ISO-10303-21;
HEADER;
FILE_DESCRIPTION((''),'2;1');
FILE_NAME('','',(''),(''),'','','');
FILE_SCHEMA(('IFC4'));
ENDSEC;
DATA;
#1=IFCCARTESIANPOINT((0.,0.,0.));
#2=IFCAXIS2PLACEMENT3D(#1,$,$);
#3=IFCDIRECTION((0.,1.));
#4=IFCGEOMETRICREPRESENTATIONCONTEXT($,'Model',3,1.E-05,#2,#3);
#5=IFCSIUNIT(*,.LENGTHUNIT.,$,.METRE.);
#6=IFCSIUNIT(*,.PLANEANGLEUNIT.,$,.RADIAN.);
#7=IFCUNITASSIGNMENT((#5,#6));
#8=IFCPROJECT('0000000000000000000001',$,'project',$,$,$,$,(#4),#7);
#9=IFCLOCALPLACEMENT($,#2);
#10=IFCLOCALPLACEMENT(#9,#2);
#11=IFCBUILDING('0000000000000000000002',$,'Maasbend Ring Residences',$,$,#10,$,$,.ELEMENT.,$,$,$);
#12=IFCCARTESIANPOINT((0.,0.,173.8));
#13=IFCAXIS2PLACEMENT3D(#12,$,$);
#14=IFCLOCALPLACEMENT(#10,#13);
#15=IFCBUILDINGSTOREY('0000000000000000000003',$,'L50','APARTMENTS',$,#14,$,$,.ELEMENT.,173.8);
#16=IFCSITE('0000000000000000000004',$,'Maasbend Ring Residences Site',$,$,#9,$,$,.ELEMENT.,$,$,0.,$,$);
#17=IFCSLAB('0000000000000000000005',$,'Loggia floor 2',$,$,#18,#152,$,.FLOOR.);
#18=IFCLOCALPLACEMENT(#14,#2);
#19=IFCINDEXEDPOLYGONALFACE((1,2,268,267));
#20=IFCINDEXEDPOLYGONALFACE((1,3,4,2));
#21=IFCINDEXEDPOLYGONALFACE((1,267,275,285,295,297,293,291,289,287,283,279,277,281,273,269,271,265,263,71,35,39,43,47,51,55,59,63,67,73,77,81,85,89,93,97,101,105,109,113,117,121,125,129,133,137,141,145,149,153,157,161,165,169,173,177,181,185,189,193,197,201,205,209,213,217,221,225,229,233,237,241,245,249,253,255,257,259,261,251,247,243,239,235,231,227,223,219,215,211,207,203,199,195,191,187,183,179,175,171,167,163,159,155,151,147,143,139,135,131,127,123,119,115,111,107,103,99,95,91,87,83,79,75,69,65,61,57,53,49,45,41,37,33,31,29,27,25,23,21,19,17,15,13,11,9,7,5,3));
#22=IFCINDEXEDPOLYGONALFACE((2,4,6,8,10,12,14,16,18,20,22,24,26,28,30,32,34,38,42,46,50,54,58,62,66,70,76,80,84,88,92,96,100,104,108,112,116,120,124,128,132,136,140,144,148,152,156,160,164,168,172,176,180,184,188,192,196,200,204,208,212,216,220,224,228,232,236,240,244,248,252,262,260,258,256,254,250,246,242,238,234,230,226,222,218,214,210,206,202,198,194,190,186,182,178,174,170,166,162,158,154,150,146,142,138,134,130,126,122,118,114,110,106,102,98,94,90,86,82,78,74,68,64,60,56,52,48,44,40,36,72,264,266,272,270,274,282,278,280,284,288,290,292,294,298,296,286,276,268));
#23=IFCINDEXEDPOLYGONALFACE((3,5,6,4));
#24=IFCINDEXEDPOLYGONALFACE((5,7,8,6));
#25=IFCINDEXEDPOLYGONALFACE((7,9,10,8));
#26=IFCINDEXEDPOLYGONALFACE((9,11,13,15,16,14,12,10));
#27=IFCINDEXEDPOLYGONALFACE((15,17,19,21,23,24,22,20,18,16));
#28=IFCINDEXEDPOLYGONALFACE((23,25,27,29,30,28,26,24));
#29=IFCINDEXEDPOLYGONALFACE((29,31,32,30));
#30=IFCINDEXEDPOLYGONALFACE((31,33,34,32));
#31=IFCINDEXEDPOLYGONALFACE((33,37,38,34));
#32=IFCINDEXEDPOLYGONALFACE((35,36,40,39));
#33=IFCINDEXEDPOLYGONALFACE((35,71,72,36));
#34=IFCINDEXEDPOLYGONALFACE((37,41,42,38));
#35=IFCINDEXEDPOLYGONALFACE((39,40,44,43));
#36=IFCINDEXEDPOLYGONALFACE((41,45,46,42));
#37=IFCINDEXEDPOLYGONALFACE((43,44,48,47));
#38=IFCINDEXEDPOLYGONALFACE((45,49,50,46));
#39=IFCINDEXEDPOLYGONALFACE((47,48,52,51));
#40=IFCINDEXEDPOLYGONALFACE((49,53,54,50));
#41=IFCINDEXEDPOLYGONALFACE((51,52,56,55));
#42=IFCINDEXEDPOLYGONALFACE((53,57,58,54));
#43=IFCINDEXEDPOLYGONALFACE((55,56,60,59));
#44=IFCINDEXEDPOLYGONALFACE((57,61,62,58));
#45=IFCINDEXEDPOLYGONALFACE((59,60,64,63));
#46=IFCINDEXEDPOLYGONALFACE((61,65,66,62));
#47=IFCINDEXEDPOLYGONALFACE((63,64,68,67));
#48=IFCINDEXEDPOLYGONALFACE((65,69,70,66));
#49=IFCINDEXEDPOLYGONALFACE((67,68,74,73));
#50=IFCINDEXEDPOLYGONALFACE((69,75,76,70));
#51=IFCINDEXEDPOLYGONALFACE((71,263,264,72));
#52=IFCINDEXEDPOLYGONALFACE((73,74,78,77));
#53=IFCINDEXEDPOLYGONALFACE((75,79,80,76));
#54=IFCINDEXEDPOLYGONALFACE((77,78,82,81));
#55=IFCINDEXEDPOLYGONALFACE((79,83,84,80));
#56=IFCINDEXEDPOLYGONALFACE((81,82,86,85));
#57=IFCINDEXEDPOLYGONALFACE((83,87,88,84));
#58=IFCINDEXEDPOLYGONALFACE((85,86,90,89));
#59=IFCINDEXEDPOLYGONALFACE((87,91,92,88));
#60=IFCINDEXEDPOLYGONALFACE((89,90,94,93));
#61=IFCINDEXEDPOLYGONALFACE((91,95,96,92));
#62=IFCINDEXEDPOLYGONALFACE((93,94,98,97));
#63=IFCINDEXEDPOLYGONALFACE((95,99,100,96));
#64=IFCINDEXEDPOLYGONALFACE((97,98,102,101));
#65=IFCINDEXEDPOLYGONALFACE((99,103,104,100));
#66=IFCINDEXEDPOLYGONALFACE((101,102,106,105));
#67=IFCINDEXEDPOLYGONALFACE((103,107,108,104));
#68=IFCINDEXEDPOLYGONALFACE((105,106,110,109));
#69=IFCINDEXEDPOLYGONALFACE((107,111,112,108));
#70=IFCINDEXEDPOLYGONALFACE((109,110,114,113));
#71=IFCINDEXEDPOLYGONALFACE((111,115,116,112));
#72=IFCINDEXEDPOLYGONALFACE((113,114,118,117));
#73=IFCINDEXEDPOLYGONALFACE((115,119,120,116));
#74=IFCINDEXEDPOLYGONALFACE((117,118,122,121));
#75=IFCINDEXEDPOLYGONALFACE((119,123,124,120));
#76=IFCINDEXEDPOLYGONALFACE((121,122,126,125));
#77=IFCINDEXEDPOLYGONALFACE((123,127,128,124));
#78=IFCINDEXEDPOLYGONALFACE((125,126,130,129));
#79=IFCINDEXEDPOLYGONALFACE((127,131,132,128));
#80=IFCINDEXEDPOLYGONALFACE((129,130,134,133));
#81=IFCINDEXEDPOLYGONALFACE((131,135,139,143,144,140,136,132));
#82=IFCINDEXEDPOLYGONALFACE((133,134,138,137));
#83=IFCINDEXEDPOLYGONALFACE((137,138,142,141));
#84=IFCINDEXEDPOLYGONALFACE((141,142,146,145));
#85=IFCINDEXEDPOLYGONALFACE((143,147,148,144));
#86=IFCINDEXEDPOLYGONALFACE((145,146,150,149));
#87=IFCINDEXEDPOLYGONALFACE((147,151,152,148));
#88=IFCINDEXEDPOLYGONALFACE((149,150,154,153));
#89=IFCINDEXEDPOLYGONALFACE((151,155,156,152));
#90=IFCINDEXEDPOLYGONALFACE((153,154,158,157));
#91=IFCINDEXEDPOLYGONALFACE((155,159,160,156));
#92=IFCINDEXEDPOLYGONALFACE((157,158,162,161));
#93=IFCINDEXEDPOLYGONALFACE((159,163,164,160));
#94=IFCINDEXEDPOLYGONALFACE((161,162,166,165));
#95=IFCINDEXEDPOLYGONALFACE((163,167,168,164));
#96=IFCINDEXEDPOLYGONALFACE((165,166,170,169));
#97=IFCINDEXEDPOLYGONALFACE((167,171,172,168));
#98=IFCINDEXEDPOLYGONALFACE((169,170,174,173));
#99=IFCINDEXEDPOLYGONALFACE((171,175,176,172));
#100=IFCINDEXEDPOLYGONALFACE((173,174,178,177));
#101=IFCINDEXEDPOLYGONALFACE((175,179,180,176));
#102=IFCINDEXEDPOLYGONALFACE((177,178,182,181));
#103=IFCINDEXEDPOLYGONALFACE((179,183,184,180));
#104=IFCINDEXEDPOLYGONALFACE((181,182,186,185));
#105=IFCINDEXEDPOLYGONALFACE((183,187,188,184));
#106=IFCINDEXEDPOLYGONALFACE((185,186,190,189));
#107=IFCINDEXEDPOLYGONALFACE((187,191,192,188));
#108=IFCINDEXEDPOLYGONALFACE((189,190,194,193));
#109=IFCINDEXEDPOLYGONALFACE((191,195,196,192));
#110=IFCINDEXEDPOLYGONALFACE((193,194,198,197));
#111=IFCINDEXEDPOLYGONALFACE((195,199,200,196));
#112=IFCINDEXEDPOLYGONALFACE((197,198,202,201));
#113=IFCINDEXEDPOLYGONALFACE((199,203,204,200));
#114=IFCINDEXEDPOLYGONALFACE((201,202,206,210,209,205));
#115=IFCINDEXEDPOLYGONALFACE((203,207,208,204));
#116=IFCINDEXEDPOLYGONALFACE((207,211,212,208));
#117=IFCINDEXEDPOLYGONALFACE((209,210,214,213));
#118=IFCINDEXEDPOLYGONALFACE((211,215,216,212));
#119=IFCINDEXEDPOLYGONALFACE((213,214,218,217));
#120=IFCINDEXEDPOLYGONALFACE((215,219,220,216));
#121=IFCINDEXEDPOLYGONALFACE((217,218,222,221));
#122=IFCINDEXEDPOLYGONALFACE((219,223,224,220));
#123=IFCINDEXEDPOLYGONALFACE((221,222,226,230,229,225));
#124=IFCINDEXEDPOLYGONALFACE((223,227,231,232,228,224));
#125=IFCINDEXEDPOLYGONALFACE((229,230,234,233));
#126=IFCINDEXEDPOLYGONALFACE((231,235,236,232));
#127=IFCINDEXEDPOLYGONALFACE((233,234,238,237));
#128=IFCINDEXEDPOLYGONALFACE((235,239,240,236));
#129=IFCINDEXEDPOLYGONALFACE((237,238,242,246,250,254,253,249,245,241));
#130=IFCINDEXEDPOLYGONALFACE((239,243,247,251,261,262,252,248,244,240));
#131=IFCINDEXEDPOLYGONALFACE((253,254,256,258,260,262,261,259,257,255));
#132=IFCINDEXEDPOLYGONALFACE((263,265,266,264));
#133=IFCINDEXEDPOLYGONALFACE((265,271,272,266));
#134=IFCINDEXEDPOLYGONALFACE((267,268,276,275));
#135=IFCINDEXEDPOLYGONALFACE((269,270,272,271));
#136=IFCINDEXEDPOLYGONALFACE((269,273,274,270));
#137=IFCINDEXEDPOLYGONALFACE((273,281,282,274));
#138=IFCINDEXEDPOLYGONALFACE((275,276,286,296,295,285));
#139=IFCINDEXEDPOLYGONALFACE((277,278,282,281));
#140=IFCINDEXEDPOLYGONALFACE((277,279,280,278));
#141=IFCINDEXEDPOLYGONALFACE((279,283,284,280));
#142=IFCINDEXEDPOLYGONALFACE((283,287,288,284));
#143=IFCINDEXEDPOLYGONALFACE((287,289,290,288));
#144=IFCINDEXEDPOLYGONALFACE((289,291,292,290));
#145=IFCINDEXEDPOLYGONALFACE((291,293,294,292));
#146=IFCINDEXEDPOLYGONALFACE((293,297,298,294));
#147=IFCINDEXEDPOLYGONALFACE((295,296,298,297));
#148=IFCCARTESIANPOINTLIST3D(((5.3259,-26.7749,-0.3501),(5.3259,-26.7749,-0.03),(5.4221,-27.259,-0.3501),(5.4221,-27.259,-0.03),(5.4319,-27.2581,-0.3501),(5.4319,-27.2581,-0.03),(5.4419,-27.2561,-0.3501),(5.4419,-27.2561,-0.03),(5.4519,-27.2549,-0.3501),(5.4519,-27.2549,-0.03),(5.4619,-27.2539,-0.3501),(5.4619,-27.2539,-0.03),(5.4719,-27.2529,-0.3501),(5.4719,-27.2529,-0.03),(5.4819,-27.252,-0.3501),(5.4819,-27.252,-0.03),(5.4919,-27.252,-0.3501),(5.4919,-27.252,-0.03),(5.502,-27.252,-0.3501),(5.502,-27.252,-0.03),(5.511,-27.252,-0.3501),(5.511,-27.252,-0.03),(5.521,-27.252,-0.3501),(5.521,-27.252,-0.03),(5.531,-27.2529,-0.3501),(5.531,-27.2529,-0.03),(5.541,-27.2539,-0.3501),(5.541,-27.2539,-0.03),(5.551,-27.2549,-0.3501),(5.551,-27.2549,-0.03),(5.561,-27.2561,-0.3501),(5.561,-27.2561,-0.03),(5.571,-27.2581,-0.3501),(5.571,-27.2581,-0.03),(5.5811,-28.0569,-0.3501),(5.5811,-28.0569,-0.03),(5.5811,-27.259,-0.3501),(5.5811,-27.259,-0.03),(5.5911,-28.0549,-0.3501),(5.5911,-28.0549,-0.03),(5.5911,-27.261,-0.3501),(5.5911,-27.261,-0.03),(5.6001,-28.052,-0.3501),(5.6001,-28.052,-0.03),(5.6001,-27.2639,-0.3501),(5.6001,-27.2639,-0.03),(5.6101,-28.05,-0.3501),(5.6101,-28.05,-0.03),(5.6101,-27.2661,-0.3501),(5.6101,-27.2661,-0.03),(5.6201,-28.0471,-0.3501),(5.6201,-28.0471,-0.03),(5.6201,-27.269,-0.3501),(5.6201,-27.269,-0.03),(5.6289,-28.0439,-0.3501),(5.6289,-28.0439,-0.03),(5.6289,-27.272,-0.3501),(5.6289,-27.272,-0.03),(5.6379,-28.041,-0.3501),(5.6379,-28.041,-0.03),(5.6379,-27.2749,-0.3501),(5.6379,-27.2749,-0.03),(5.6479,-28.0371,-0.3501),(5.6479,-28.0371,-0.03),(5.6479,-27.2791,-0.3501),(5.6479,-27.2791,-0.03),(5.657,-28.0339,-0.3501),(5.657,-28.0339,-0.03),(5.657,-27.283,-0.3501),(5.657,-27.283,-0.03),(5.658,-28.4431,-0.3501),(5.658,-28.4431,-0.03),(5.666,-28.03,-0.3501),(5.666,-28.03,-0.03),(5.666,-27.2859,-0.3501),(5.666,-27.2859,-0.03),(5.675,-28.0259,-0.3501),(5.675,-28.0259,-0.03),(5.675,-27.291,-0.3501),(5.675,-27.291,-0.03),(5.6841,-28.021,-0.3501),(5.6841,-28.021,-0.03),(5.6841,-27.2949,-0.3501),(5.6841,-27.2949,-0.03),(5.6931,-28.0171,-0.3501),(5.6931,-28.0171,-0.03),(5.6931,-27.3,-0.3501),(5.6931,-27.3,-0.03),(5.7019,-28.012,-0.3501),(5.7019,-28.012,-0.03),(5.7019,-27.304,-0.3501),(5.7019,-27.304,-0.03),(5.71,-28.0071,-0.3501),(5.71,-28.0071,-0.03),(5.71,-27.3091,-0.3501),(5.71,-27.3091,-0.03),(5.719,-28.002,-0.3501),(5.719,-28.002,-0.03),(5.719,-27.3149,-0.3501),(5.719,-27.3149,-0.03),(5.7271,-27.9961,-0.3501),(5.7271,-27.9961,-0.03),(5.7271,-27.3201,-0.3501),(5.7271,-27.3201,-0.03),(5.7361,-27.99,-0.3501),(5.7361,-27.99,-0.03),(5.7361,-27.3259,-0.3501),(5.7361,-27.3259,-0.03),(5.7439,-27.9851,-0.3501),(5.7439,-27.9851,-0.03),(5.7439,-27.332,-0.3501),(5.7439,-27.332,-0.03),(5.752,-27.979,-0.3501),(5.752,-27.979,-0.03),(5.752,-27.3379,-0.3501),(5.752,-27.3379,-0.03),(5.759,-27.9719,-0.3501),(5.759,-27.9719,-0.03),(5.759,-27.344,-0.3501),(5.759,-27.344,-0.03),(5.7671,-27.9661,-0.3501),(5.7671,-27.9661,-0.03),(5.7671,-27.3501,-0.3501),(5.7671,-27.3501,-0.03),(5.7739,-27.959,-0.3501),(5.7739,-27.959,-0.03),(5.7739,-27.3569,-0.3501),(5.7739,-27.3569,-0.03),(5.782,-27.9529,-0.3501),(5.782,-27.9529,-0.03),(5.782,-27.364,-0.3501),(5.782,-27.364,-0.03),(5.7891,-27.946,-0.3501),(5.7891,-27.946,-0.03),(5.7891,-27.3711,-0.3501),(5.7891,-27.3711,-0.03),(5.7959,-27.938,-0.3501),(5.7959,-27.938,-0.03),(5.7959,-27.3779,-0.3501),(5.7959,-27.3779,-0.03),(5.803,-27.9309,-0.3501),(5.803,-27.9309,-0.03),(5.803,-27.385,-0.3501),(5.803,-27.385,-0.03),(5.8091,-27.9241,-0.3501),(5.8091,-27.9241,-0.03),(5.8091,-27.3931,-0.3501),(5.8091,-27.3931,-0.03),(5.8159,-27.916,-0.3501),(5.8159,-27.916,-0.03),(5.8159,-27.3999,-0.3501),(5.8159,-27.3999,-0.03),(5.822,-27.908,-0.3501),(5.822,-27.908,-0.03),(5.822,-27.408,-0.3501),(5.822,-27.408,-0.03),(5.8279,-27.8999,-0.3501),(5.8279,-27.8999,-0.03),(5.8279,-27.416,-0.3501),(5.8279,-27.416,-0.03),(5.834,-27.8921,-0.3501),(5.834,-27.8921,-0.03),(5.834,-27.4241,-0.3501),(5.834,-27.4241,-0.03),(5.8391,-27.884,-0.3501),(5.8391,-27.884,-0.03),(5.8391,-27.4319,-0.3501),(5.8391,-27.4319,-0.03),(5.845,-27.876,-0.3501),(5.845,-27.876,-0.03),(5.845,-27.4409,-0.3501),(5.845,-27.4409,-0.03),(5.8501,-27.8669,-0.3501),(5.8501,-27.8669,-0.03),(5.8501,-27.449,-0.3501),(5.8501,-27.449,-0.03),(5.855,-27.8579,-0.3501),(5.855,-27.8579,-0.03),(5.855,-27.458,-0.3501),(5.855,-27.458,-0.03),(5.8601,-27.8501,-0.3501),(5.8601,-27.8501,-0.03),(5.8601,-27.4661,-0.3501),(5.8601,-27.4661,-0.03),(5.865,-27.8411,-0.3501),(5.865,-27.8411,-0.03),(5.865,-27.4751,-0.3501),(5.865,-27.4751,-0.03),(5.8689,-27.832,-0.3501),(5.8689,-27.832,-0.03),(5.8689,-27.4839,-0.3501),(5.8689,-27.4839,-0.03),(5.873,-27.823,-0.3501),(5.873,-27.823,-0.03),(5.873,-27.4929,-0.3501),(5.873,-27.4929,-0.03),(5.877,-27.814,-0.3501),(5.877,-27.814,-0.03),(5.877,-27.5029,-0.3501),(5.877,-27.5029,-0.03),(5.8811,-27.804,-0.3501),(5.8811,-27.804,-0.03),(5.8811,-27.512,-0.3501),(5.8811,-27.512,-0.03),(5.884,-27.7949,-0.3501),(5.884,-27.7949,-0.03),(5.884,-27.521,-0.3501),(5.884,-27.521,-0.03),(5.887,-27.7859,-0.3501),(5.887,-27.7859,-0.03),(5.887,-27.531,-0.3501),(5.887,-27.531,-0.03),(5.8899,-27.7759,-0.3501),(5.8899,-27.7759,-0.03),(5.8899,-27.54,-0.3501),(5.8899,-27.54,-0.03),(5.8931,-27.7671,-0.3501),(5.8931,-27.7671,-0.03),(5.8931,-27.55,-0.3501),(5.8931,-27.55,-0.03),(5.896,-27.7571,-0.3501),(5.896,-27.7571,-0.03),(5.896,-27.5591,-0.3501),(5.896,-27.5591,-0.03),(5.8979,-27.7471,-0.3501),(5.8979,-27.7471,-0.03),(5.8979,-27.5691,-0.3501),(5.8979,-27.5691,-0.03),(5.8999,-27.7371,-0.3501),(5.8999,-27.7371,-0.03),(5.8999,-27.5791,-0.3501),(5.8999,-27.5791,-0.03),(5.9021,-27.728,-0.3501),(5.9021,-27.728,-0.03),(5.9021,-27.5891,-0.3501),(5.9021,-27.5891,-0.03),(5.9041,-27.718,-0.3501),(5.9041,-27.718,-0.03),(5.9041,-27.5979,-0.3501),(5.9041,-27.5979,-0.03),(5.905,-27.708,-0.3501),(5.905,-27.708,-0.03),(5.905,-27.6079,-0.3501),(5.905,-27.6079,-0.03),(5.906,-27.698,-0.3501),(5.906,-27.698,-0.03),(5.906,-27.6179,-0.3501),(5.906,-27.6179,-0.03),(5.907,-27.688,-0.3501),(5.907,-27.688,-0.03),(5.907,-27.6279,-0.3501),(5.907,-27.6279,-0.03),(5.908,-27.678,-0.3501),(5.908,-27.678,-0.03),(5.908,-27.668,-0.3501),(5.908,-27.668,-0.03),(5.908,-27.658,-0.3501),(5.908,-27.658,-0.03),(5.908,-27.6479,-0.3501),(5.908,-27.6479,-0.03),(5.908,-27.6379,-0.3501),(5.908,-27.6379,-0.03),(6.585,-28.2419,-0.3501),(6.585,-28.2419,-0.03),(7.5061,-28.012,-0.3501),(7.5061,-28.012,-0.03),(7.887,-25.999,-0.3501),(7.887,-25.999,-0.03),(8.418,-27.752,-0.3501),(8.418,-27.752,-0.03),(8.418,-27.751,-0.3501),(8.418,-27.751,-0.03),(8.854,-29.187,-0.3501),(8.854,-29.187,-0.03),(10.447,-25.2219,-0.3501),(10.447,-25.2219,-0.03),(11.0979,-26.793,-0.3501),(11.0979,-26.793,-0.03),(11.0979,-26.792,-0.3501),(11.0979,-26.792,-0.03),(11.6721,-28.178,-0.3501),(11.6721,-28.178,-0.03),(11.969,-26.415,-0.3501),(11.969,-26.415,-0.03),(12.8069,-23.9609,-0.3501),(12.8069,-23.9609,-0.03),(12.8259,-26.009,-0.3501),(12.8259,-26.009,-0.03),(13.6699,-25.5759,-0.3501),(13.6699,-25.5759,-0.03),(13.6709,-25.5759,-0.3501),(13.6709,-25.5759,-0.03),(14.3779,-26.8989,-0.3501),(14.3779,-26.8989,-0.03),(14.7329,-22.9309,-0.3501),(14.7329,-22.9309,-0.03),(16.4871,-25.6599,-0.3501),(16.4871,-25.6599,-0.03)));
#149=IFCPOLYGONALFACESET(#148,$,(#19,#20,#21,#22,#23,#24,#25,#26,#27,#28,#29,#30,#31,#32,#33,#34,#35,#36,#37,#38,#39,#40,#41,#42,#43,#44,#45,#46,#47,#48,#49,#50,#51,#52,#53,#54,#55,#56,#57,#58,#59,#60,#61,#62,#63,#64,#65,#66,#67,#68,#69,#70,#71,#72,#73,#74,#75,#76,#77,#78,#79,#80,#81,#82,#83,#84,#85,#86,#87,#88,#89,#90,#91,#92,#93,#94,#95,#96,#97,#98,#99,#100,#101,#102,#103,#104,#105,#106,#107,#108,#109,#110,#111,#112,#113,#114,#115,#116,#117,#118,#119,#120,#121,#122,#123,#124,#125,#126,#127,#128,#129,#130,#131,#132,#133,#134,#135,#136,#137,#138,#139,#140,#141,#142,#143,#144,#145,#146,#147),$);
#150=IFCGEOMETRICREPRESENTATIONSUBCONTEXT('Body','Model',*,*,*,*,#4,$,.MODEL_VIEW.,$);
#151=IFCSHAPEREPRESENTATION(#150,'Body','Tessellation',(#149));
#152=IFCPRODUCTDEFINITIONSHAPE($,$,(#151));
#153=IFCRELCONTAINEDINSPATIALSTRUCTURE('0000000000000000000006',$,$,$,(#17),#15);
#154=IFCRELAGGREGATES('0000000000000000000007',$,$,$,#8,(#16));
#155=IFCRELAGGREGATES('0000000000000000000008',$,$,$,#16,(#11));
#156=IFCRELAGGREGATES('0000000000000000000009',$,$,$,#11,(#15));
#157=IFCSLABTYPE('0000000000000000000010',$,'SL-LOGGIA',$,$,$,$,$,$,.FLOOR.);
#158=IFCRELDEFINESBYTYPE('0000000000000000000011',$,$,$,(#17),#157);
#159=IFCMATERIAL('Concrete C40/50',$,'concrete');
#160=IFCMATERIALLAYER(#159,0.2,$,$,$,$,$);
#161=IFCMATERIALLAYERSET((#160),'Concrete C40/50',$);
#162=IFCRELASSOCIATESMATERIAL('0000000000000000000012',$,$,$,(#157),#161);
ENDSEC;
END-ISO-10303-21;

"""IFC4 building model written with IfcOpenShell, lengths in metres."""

from ifc_helpers import new_model, si_unit, direction, frame, origin, place, context, subcontext, project, spatial, polyline, outline, extrude, material, layer, layer_set, type_object, element, save


model = new_model("IFC4")

# Units and contexts
model_context = context("Model", 3, precision=1e-05, world=origin(), true_north=direction((0.0, 1.0)))
body_context = subcontext(model_context, "Body", "Model", "MODEL_VIEW")
ifc_project = project(units=[si_unit("LENGTHUNIT", "METRE"), si_unit("PLANEANGLEUNIT", "RADIAN")], contexts=[model_context])

# Site, building, storey
site_placement = place(None, origin())
site = spatial("IfcSite", under=ifc_project, at=site_placement, Name="Maasbend Ring Residences Site", CompositionType="ELEMENT", RefElevation=0.0)
building_placement = place(site_placement, origin())
building = spatial("IfcBuilding", under=site, at=building_placement, Name="Maasbend Ring Residences", CompositionType="ELEMENT")
storey_placement = place(building_placement, frame((0.0, 0.0, 173.8)))
storey = spatial("IfcBuildingStorey", under=building, at=storey_placement, Name="L50", Description="APARTMENTS", CompositionType="ELEMENT", Elevation=173.8)

# Slab
ifc_material_1 = material(Name="Concrete C40/50", Category="concrete")
ifc_layer_1 = layer(ifc_material_1, 0.2)
ifc_layer_set_1 = layer_set([ifc_layer_1], Name="Concrete C40/50")
slab_type = type_object("IfcSlabType", Name="SL-LOGGIA", PredefinedType="FLOOR", material=ifc_layer_set_1)
slab_1_placement = place(storey_placement, frame((0.0, 0.0, -0.3501)))
element("IfcSlab", 1, at=slab_1_placement, inside=storey, type_object=slab_type, Name="Loggia floor 2", PredefinedType="FLOOR", context=body_context, shape_type="SweptSolid", body=[
    extrude(outline(polyline([(10.447, -25.2219), (12.8069, -23.9609), (14.7329, -22.9309), (14.7329, -22.9309), (14.7329, -22.9309), (16.4871, -25.6599), (16.4871, -25.6599), (16.4871, -25.6599), (14.3779, -26.8989), (14.3779, -26.8989), (14.3779, -26.8989), (13.6709, -25.5759), (13.6709, -25.5759), (13.6709, -25.5759), (13.6709, -25.5759), (13.6709, -25.5759), (13.6709, -25.5759), (13.6709, -25.5759), (13.6699, -25.5759), (13.6699, -25.5759), (13.6699, -25.5759), (13.6699, -25.5759), (13.6699, -25.5759), (13.6699, -25.5759), (13.6699, -25.5759), (13.6699, -25.5759), (13.6699, -25.5759), (13.6699, -25.5759), (12.8259, -26.009), (12.8259, -26.009), (11.969, -26.415), (11.969, -26.415), (11.0979, -26.792), (11.0979, -26.792), (11.0979, -26.792), (11.0979, -26.792), (11.0979, -26.792), (11.0979, -26.792), (11.0979, -26.792), (11.0979, -26.793), (11.0979, -26.793), (11.0979, -26.793), (11.0979, -26.793), (11.0979, -26.793), (11.0979, -26.793), (11.0979, -26.793), (11.0979, -26.793), (11.0979, -26.793), (11.0979, -26.793), (11.6721, -28.178), (11.6721, -28.178), (11.6721, -28.178), (8.854, -29.187), (8.854, -29.187), (8.854, -29.187), (8.418, -27.752), (8.418, -27.752), (8.418, -27.752), (8.418, -27.752), (8.418, -27.752), (8.418, -27.752), (8.418, -27.752), (8.418, -27.751), (8.418, -27.751), (8.418, -27.751), (8.418, -27.751), (8.418, -27.751), (8.418, -27.751), (8.418, -27.751), (8.418, -27.751), (8.418, -27.751), (8.418, -27.751), (7.5061, -28.012), (7.5061, -28.012), (6.585, -28.2419), (6.585, -28.2419), (5.658, -28.4431), (5.658, -28.4431), (5.658, -28.4431), (5.5811, -28.0569), (5.5911, -28.0549), (5.6001, -28.052), (5.6101, -28.05), (5.6201, -28.0471), (5.6289, -28.0439), (5.6379, -28.041), (5.6479, -28.0371), (5.657, -28.0339), (5.666, -28.03), (5.675, -28.0259), (5.6841, -28.021), (5.6931, -28.0171), (5.7019, -28.012), (5.71, -28.0071), (5.719, -28.002), (5.7271, -27.9961), (5.7361, -27.99), (5.7439, -27.9851), (5.752, -27.979), (5.759, -27.9719), (5.7671, -27.9661), (5.7739, -27.959), (5.782, -27.9529), (5.7891, -27.946), (5.7959, -27.938), (5.803, -27.9309), (5.8091, -27.9241), (5.8159, -27.916), (5.822, -27.908), (5.8279, -27.8999), (5.834, -27.8921), (5.8391, -27.884), (5.845, -27.876), (5.8501, -27.8669), (5.855, -27.8579), (5.8601, -27.8501), (5.865, -27.8411), (5.8689, -27.832), (5.873, -27.823), (5.877, -27.814), (5.8811, -27.804), (5.884, -27.7949), (5.887, -27.7859), (5.8899, -27.7759), (5.8931, -27.7671), (5.896, -27.7571), (5.8979, -27.7471), (5.8999, -27.7371), (5.9021, -27.728), (5.9041, -27.718), (5.905, -27.708), (5.906, -27.698), (5.907, -27.688), (5.908, -27.678), (5.908, -27.668), (5.908, -27.658), (5.908, -27.6479), (5.908, -27.6379), (5.907, -27.6279), (5.906, -27.6179), (5.905, -27.6079), (5.9041, -27.5979), (5.9021, -27.5891), (5.8999, -27.5791), (5.8979, -27.5691), (5.896, -27.5591), (5.8931, -27.55), (5.8899, -27.54), (5.887, -27.531), (5.884, -27.521), (5.8811, -27.512), (5.877, -27.5029), (5.873, -27.4929), (5.8689, -27.4839), (5.865, -27.4751), (5.8601, -27.4661), (5.855, -27.458), (5.8501, -27.449), (5.845, -27.4409), (5.8391, -27.4319), (5.834, -27.4241), (5.8279, -27.416), (5.822, -27.408), (5.8159, -27.3999), (5.8091, -27.3931), (5.803, -27.385), (5.7959, -27.3779), (5.7891, -27.3711), (5.782, -27.364), (5.7739, -27.3569), (5.7671, -27.3501), (5.759, -27.344), (5.752, -27.3379), (5.7439, -27.332), (5.7361, -27.3259), (5.7271, -27.3201), (5.719, -27.3149), (5.71, -27.3091), (5.7019, -27.304), (5.6931, -27.3), (5.6841, -27.2949), (5.675, -27.291), (5.666, -27.2859), (5.657, -27.283), (5.6479, -27.2791), (5.6379, -27.2749), (5.6289, -27.272), (5.6201, -27.269), (5.6101, -27.2661), (5.6001, -27.2639), (5.5911, -27.261), (5.5811, -27.259), (5.571, -27.2581), (5.561, -27.2561), (5.551, -27.2549), (5.541, -27.2539), (5.531, -27.2529), (5.521, -27.252), (5.511, -27.252), (5.502, -27.252), (5.4919, -27.252), (5.4819, -27.252), (5.4719, -27.2529), (5.4619, -27.2539), (5.4519, -27.2549), (5.4419, -27.2561), (5.4319, -27.2581), (5.4221, -27.259), (5.3259, -26.7749), (5.3259, -26.7749), (5.3259, -26.7749), (7.887, -25.999), (10.447, -25.2219), (10.447, -25.2219), (10.447, -25.2219)])), origin(), (0.0, 0.0, 1.0), 0.3201),
])

save(model, "model.ifc")
